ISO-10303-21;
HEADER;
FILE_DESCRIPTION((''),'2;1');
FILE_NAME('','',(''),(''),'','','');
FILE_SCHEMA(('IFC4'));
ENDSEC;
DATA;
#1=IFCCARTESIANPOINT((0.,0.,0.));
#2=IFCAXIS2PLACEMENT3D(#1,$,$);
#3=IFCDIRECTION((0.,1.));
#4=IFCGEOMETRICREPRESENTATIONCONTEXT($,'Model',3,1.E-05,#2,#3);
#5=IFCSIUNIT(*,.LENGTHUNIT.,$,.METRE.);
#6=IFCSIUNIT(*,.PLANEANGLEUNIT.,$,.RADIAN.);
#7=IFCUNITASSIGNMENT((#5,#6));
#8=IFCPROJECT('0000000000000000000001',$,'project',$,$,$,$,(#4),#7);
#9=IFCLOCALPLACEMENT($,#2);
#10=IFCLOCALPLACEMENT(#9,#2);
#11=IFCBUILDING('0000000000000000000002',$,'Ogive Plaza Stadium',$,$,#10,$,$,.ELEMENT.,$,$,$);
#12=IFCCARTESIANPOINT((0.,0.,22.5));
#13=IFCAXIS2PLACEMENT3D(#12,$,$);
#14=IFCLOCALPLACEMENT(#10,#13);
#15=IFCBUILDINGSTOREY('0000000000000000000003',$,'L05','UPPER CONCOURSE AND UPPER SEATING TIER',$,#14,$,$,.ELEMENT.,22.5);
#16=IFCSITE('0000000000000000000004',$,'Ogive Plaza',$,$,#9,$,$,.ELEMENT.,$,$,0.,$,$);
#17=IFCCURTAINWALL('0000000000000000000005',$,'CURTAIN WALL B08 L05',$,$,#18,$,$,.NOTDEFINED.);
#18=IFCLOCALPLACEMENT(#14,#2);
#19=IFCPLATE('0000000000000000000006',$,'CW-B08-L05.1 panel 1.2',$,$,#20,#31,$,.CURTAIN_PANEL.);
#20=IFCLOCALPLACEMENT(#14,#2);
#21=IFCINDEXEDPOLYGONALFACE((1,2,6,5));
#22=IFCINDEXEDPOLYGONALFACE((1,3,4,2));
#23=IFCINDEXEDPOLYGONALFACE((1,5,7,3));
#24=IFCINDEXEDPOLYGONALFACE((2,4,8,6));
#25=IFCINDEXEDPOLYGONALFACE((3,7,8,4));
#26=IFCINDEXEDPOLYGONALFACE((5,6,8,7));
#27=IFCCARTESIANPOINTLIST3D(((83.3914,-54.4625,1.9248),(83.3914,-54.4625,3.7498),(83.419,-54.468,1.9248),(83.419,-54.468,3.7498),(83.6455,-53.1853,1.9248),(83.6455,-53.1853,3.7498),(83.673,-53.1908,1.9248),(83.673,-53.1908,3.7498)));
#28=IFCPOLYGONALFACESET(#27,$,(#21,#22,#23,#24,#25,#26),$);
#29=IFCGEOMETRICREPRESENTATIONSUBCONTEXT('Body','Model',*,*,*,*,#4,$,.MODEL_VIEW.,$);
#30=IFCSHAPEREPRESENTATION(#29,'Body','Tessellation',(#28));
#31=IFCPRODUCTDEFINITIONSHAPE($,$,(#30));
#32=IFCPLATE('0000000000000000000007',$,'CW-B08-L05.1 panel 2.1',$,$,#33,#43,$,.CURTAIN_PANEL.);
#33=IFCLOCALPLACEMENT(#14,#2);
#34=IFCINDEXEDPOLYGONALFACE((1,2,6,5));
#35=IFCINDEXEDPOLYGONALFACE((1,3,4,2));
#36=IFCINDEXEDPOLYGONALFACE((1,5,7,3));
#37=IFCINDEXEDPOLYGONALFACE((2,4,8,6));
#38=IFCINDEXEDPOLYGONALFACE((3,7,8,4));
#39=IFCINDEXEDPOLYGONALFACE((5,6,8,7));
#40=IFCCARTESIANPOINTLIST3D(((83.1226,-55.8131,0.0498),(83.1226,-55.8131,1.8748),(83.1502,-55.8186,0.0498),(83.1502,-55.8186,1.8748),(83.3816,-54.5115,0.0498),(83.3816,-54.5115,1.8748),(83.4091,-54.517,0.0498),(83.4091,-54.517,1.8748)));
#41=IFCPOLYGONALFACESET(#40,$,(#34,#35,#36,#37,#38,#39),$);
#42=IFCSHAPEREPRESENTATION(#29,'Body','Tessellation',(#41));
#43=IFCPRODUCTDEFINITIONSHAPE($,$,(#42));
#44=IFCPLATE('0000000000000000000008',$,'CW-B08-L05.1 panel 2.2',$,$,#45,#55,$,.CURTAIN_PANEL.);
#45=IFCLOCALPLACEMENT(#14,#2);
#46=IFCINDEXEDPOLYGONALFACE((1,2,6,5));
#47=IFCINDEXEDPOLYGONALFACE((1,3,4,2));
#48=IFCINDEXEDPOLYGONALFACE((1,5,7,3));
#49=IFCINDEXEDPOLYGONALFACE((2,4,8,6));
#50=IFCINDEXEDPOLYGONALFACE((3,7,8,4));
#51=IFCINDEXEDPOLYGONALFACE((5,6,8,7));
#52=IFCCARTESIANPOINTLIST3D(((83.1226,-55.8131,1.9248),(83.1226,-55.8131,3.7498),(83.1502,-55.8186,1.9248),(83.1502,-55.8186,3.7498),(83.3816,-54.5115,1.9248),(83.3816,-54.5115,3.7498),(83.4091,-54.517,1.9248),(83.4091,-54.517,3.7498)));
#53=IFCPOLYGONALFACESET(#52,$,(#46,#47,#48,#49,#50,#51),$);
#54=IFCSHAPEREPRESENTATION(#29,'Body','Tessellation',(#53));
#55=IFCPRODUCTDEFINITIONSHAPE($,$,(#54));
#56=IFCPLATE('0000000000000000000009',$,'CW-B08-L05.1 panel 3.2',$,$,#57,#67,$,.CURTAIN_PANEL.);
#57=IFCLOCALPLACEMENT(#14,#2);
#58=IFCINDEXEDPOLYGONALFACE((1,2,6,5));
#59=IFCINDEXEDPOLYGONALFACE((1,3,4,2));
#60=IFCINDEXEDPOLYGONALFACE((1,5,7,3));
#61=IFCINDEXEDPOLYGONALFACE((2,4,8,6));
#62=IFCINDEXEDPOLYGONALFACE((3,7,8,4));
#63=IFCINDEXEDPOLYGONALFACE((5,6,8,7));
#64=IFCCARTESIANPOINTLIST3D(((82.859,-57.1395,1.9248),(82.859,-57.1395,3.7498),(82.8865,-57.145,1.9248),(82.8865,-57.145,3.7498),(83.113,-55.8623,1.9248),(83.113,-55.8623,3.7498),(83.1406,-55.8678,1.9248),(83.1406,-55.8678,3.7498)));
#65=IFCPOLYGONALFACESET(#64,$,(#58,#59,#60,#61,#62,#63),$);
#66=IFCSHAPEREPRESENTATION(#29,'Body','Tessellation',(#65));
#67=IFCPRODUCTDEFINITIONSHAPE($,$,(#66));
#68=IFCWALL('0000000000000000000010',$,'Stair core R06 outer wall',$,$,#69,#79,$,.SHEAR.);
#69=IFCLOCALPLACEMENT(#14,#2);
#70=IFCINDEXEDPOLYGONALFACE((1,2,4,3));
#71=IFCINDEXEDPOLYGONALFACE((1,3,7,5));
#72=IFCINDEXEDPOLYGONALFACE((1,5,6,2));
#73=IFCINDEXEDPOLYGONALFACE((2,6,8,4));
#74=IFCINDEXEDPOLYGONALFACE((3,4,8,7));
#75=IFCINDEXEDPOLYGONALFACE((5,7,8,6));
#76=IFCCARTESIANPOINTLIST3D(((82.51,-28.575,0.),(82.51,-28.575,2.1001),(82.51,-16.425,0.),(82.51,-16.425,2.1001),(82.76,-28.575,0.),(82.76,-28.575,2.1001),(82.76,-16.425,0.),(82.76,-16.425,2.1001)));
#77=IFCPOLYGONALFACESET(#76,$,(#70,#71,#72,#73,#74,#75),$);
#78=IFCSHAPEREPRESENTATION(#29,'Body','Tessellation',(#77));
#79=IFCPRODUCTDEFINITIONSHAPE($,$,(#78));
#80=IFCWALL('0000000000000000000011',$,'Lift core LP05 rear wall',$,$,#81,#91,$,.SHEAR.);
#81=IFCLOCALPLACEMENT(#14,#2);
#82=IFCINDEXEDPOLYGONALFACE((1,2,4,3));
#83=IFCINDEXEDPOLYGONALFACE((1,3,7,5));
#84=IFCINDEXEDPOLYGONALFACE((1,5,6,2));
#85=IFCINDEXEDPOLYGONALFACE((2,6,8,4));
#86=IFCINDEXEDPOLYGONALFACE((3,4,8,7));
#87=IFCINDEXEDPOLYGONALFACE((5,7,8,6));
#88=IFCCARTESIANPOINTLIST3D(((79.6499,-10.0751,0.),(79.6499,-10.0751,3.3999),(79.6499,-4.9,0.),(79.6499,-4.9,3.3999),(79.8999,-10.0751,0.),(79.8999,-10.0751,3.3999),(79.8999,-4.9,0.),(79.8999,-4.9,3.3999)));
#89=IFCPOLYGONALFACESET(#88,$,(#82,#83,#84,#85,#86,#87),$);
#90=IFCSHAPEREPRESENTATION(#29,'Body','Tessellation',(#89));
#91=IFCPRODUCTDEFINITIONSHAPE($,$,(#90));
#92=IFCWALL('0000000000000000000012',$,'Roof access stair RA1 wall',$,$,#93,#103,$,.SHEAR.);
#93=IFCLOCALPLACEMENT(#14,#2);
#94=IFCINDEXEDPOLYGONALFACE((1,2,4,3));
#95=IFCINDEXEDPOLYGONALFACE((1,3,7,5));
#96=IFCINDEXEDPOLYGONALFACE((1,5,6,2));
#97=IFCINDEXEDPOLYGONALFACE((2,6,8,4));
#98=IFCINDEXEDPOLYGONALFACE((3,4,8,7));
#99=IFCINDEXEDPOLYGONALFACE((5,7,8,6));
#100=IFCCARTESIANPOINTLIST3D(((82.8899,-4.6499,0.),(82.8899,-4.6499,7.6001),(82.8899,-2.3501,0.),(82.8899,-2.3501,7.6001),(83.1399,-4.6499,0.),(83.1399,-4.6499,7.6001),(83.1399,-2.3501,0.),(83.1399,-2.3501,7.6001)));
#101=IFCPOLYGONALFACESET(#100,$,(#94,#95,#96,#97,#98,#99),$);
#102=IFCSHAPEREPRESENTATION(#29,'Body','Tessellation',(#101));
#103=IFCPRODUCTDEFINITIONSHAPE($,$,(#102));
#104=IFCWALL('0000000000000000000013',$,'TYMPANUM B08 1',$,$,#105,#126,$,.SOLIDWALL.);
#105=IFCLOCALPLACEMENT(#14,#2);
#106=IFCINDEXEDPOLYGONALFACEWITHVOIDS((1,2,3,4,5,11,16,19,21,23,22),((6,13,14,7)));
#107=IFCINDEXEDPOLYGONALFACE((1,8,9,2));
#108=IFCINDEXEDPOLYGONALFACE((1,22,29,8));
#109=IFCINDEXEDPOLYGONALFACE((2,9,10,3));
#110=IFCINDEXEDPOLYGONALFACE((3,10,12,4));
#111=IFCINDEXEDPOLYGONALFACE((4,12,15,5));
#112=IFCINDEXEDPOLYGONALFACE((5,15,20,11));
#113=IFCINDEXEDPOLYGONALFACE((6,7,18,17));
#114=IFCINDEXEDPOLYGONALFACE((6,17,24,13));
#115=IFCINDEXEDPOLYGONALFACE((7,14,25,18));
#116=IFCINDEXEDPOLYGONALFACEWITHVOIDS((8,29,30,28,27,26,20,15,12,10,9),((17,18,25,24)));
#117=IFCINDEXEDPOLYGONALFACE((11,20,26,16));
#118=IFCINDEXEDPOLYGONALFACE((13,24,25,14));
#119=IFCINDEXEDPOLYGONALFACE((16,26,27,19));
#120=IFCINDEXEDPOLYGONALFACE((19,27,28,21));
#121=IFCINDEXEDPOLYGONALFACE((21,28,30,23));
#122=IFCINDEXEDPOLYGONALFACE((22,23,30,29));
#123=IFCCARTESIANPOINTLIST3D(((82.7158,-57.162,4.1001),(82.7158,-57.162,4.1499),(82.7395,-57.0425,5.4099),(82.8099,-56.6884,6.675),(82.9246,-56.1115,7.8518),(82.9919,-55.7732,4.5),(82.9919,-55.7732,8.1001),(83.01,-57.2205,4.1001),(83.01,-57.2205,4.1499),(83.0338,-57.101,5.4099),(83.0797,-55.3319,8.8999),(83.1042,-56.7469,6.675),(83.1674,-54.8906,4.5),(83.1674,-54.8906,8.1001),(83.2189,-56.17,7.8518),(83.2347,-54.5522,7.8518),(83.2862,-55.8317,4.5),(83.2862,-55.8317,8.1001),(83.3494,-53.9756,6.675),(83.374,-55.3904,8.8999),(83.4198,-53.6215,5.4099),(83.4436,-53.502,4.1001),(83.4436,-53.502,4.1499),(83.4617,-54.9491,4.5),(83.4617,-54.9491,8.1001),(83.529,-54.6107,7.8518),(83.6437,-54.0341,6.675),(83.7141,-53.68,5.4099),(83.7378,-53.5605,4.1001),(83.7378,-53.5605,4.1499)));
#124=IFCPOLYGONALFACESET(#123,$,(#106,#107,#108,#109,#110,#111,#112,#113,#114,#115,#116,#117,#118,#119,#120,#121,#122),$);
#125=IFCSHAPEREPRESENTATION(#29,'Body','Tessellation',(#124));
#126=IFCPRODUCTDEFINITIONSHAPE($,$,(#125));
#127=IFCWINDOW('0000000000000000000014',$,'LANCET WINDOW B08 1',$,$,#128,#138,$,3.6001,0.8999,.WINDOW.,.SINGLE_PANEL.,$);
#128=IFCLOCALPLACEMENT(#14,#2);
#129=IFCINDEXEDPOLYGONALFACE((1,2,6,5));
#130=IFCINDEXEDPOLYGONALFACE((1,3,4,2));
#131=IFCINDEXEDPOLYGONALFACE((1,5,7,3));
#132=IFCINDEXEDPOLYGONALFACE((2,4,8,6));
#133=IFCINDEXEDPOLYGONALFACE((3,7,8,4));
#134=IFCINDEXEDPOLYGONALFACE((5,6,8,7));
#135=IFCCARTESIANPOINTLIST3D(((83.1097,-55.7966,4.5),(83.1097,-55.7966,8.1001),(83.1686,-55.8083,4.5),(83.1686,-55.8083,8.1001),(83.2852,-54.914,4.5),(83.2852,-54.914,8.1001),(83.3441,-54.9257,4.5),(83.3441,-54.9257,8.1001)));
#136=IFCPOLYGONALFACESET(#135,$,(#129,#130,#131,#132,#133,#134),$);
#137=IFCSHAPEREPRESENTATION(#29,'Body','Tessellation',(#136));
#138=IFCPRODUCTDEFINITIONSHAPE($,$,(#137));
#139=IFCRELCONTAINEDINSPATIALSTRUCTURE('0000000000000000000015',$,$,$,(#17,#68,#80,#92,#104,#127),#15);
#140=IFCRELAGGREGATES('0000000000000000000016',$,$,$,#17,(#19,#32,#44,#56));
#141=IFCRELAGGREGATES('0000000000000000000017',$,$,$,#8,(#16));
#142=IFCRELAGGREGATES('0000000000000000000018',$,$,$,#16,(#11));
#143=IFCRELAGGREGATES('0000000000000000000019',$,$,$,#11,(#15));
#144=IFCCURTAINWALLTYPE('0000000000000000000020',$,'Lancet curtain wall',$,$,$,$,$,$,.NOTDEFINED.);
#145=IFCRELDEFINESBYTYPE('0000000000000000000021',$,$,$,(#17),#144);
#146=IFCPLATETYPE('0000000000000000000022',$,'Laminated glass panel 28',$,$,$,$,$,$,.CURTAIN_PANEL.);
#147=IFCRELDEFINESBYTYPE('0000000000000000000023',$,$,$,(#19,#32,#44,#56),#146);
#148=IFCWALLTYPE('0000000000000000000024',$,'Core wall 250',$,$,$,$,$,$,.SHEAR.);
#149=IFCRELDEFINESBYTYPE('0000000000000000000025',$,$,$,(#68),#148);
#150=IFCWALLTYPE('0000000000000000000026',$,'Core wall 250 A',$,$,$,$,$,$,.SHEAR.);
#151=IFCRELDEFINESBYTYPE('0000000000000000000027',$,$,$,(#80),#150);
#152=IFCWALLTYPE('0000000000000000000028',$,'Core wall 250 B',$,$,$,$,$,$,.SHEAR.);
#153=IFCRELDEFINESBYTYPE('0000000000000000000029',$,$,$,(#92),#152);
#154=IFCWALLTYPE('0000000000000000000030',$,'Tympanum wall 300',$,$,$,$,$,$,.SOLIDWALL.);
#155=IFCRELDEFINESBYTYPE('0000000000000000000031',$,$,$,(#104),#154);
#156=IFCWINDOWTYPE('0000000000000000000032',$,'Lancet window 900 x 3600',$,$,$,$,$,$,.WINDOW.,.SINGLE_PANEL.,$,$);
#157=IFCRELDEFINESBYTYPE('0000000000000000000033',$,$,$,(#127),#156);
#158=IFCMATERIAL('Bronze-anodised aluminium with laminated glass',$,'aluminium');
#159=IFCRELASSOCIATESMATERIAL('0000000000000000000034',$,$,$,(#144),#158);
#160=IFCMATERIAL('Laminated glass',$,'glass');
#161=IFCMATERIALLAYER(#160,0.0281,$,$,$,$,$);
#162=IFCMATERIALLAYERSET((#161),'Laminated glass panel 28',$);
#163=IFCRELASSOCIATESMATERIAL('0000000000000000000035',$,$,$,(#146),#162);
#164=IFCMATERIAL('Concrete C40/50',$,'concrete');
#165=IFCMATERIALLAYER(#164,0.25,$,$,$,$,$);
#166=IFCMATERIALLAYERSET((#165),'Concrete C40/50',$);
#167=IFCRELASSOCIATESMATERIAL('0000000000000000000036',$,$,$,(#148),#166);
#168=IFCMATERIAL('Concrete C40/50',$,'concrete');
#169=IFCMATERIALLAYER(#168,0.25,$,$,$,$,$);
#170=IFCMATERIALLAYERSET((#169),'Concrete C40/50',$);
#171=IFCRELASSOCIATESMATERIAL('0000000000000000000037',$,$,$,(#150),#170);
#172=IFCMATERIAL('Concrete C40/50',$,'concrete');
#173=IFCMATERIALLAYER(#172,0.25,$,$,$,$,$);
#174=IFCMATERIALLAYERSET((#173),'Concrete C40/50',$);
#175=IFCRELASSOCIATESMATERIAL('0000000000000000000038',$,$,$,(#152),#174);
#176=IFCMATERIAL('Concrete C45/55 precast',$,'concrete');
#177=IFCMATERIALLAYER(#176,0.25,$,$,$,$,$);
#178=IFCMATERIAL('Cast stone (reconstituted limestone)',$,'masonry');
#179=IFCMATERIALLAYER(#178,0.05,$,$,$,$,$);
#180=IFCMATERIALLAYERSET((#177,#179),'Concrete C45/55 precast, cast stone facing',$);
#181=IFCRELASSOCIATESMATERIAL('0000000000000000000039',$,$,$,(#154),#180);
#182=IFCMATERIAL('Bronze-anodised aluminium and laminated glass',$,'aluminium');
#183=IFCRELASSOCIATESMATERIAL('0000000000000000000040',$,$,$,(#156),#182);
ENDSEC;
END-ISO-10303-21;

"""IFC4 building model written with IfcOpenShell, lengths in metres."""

from ifc_helpers import new_model, si_unit, direction, frame, frame_2d, origin, origin_2d, place, context, subcontext, project, spatial, polyline, rectangle, outline, extrude, material, layer, layer_set, type_object, element, fill, aggregate, save


model = new_model("IFC4")

# Units and contexts
model_context = context("Model", 3, precision=1e-05, world=origin(), true_north=direction((0.0, 1.0)))
body_context = subcontext(model_context, "Body", "Model", "MODEL_VIEW")
ifc_project = project(units=[si_unit("LENGTHUNIT", "METRE"), si_unit("PLANEANGLEUNIT", "RADIAN")], contexts=[model_context])

# Site, building, storey
site_placement = place(None, origin())
site = spatial("IfcSite", under=ifc_project, at=site_placement, Name="Ogive Plaza", CompositionType="ELEMENT", RefElevation=0.0)
building_placement = place(site_placement, origin())
building = spatial("IfcBuilding", under=site, at=building_placement, Name="Ogive Plaza Stadium", CompositionType="ELEMENT")
storey_placement = place(building_placement, frame((0.0, 0.0, 22.5)))
storey = spatial("IfcBuildingStorey", under=building, at=storey_placement, Name="L05", Description="UPPER CONCOURSE AND UPPER SEATING TIER", CompositionType="ELEMENT", Elevation=22.5)

# Curtain wall
ifc_material_1 = material(Name="Bronze-anodised aluminium with laminated glass", Category="aluminium")
curtain_wall_type = type_object("IfcCurtainWallType", Name="Lancet curtain wall", PredefinedType="NOTDEFINED", material=ifc_material_1)
curtain_wall_placement = place(storey_placement, origin())
curtain_wall = element("IfcCurtainWall", 1, at=curtain_wall_placement, inside=storey, type_object=curtain_wall_type, Name="CURTAIN WALL B08 L05", PredefinedType="NOTDEFINED")

# Plates
ifc_material_2 = material(Name="Laminated glass", Category="glass")
ifc_layer_1 = layer(ifc_material_2, 0.0281)
ifc_layer_set_1 = layer_set([ifc_layer_1], Name="Laminated glass panel 28")
plate_type = type_object("IfcPlateType", Name="Laminated glass panel 28", PredefinedType="CURTAIN_PANEL", material=ifc_layer_set_1)
plate_1_placement = place(storey_placement, frame((83.5322, -53.8267, 1.9248), z_axis=(0.0, 0.0, 1.0), x_axis=(-0.19509, -0.980785, 0.0)))
plate_1 = element("IfcPlate", 2, at=plate_1_placement, type_object=plate_type, Name="CW-B08-L05.1 panel 1.2", PredefinedType="CURTAIN_PANEL", context=body_context, shape_type="SweptSolid", body=[
    extrude(rectangle(XDim=1.3022, YDim=0.0281, at=origin_2d()), origin(), (0.0, 0.0, 1.0), 1.825),
])
plate_2_placement = place(storey_placement, frame((83.2659, -55.165, 0.0498), z_axis=(0.0, 0.0, 1.0), x_axis=(-0.19509, -0.980785, 0.0)))
plate_2 = element("IfcPlate", 3, at=plate_2_placement, type_object=plate_type, Name="CW-B08-L05.1 panel 2.1", PredefinedType="CURTAIN_PANEL", context=body_context, shape_type="SweptSolid", body=[
    extrude(rectangle(XDim=1.3271, YDim=0.0281, at=origin_2d()), origin(), (0.0, 0.0, 1.0), 1.825),
])
plate_3_placement = place(storey_placement, frame((83.2659, -55.165, 1.9248), z_axis=(0.0, 0.0, 1.0), x_axis=(-0.19509, -0.980785, 0.0)))
plate_3 = element("IfcPlate", 4, at=plate_3_placement, type_object=plate_type, Name="CW-B08-L05.1 panel 2.2", PredefinedType="CURTAIN_PANEL", context=body_context, shape_type="SweptSolid", body=[
    extrude(rectangle(XDim=1.3271, YDim=0.0281, at=origin_2d()), origin(), (0.0, 0.0, 1.0), 1.825),
])
plate_4_placement = place(storey_placement, frame((82.9998, -56.5037, 1.9248), z_axis=(0.0, 0.0, 1.0), x_axis=(-0.19509, -0.980785, 0.0)))
plate_4 = element("IfcPlate", 5, at=plate_4_placement, type_object=plate_type, Name="CW-B08-L05.1 panel 3.2", PredefinedType="CURTAIN_PANEL", context=body_context, shape_type="SweptSolid", body=[
    extrude(rectangle(XDim=1.3022, YDim=0.0281, at=origin_2d()), origin(), (0.0, 0.0, 1.0), 1.825),
])
aggregate(curtain_wall, [plate_1, plate_2, plate_3, plate_4])

# Walls
ifc_material_3 = material(Name="Concrete C40/50", Category="concrete")
ifc_layer_2 = layer(ifc_material_3, 0.25)
ifc_layer_set_2 = layer_set([ifc_layer_2], Name="Concrete C40/50")
wall_type_1 = type_object("IfcWallType", Name="Core wall 250", PredefinedType="SHEAR", material=ifc_layer_set_2)
wall_1_placement = place(storey_placement, frame((82.635, -28.575, 0.0), z_axis=(0.0, 0.0, 1.0), x_axis=(0.0, 1.0, 0.0)))
element("IfcWall", 6, at=wall_1_placement, inside=storey, type_object=wall_type_1, Name="Stair core R06 outer wall", PredefinedType="SHEAR", context=body_context, shape_type="SweptSolid", body=[
    extrude(rectangle(XDim=12.1499, YDim=0.25, at=frame_2d((6.075, 0.0))), origin(), (0.0, 0.0, 1.0), 2.1001),
])
ifc_material_4 = material(Name="Concrete C40/50", Category="concrete")
ifc_layer_3 = layer(ifc_material_4, 0.25)
ifc_layer_set_3 = layer_set([ifc_layer_3], Name="Concrete C40/50")
wall_type_2 = type_object("IfcWallType", Name="Core wall 250 A", PredefinedType="SHEAR", material=ifc_layer_set_3)
wall_2_placement = place(storey_placement, frame((79.7749, -10.075, 0.0), z_axis=(0.0, 0.0, 1.0), x_axis=(0.0, 1.0, 0.0)))
element("IfcWall", 7, at=wall_2_placement, inside=storey, type_object=wall_type_2, Name="Lift core LP05 rear wall", PredefinedType="SHEAR", context=body_context, shape_type="SweptSolid", body=[
    extrude(rectangle(XDim=5.175, YDim=0.25, at=frame_2d((2.5874, 0.0))), origin(), (0.0, 0.0, 1.0), 3.3999),
])
ifc_material_5 = material(Name="Concrete C40/50", Category="concrete")
ifc_layer_4 = layer(ifc_material_5, 0.25)
ifc_layer_set_4 = layer_set([ifc_layer_4], Name="Concrete C40/50")
wall_type_3 = type_object("IfcWallType", Name="Core wall 250 B", PredefinedType="SHEAR", material=ifc_layer_set_4)
wall_3_placement = place(storey_placement, frame((83.0149, -4.6499, 0.0), z_axis=(0.0, 0.0, 1.0), x_axis=(0.0, 1.0, 0.0)))
element("IfcWall", 8, at=wall_3_placement, inside=storey, type_object=wall_type_3, Name="Roof access stair RA1 wall", PredefinedType="SHEAR", context=body_context, shape_type="SweptSolid", body=[
    extrude(rectangle(XDim=2.2998, YDim=0.25, at=frame_2d((1.1499, 0.0))), origin(), (0.0, 0.0, 1.0), 7.6001),
])

# Wall, opening, window
ifc_material_6 = material(Name="Concrete C45/55 precast", Category="concrete")
ifc_layer_5 = layer(ifc_material_6, 0.25)
ifc_material_7 = material(Name="Cast stone (reconstituted limestone)", Category="masonry")
ifc_layer_6 = layer(ifc_material_7, 0.05)
ifc_layer_set_5 = layer_set([ifc_layer_5, ifc_layer_6], Name="Concrete C45/55 precast, cast stone facing")
wall_type_4 = type_object("IfcWallType", Name="Tympanum wall 300", PredefinedType="SOLIDWALL", material=ifc_layer_set_5)
wall_4_placement = place(storey_placement, frame((83.5908, -53.5312, 4.1001), z_axis=(0.0, 0.0, 1.0), x_axis=(-0.195034, -0.980796, 0.0)))
wall_4 = element("IfcWall", 9, at=wall_4_placement, inside=storey, type_object=wall_type_4, Name="TYMPANUM B08 1", PredefinedType="SOLIDWALL", context=body_context, shape_type="SweptSolid", body=[
    extrude(outline(polyline([(0.0, 0.0), (3.7317, 0.0), (3.7317, 0.0498), (3.6099, 1.3098), (3.2488, 2.575), (2.6606, 3.7517), (1.8657, 4.7998), (1.0708, 3.7517), (0.4829, 2.575), (0.1218, 1.3098), (0.0, 0.0498), (0.0, 0.0)])), frame((0.0, 0.1499, 0.0), z_axis=(0.0, -1.0, 0.0), x_axis=(1.0, 0.0, 0.0)), (0.0, 0.0, 1.0), 0.3),
])
opening_placement = place(wall_4_placement, frame((1.4158, 0.0, 0.3999)))
opening = element("IfcOpeningElement", 10, at=opening_placement, cuts=wall_4, PredefinedType="OPENING", context=body_context, shape_type="SweptSolid", body=[
    extrude(rectangle(XDim=0.8999, YDim=3.6001, at=frame_2d((0.45, 1.8))), frame((0.0, 0.1602, 0.0), z_axis=(0.0, -1.0, 0.0), x_axis=(1.0, 0.0, 0.0)), (0.0, 0.0, 1.0), 0.3201),
])
ifc_material_8 = material(Name="Bronze-anodised aluminium and laminated glass", Category="aluminium")
window_type = type_object("IfcWindowType", Name="Lancet window 900 x 3600", PartitioningType="SINGLE_PANEL", PredefinedType="WINDOW", material=ifc_material_8)
window_placement = place(opening_placement, origin())
window = element("IfcWindow", 11, at=window_placement, inside=storey, type_object=window_type, Name="LANCET WINDOW B08 1", OverallHeight=3.6001, OverallWidth=0.8999, PartitioningType="SINGLE_PANEL", PredefinedType="WINDOW", context=body_context, shape_type="SweptSolid", body=[
    extrude(rectangle(XDim=0.8999, YDim=3.6001, at=frame_2d((0.45, 1.8))), frame((0.0, 0.03, 0.0), z_axis=(0.0, -1.0, 0.0), x_axis=(1.0, 0.0, 0.0)), (0.0, 0.0, 1.0), 0.0601),
])
fill(opening, window)

save(model, "model.ifc")
